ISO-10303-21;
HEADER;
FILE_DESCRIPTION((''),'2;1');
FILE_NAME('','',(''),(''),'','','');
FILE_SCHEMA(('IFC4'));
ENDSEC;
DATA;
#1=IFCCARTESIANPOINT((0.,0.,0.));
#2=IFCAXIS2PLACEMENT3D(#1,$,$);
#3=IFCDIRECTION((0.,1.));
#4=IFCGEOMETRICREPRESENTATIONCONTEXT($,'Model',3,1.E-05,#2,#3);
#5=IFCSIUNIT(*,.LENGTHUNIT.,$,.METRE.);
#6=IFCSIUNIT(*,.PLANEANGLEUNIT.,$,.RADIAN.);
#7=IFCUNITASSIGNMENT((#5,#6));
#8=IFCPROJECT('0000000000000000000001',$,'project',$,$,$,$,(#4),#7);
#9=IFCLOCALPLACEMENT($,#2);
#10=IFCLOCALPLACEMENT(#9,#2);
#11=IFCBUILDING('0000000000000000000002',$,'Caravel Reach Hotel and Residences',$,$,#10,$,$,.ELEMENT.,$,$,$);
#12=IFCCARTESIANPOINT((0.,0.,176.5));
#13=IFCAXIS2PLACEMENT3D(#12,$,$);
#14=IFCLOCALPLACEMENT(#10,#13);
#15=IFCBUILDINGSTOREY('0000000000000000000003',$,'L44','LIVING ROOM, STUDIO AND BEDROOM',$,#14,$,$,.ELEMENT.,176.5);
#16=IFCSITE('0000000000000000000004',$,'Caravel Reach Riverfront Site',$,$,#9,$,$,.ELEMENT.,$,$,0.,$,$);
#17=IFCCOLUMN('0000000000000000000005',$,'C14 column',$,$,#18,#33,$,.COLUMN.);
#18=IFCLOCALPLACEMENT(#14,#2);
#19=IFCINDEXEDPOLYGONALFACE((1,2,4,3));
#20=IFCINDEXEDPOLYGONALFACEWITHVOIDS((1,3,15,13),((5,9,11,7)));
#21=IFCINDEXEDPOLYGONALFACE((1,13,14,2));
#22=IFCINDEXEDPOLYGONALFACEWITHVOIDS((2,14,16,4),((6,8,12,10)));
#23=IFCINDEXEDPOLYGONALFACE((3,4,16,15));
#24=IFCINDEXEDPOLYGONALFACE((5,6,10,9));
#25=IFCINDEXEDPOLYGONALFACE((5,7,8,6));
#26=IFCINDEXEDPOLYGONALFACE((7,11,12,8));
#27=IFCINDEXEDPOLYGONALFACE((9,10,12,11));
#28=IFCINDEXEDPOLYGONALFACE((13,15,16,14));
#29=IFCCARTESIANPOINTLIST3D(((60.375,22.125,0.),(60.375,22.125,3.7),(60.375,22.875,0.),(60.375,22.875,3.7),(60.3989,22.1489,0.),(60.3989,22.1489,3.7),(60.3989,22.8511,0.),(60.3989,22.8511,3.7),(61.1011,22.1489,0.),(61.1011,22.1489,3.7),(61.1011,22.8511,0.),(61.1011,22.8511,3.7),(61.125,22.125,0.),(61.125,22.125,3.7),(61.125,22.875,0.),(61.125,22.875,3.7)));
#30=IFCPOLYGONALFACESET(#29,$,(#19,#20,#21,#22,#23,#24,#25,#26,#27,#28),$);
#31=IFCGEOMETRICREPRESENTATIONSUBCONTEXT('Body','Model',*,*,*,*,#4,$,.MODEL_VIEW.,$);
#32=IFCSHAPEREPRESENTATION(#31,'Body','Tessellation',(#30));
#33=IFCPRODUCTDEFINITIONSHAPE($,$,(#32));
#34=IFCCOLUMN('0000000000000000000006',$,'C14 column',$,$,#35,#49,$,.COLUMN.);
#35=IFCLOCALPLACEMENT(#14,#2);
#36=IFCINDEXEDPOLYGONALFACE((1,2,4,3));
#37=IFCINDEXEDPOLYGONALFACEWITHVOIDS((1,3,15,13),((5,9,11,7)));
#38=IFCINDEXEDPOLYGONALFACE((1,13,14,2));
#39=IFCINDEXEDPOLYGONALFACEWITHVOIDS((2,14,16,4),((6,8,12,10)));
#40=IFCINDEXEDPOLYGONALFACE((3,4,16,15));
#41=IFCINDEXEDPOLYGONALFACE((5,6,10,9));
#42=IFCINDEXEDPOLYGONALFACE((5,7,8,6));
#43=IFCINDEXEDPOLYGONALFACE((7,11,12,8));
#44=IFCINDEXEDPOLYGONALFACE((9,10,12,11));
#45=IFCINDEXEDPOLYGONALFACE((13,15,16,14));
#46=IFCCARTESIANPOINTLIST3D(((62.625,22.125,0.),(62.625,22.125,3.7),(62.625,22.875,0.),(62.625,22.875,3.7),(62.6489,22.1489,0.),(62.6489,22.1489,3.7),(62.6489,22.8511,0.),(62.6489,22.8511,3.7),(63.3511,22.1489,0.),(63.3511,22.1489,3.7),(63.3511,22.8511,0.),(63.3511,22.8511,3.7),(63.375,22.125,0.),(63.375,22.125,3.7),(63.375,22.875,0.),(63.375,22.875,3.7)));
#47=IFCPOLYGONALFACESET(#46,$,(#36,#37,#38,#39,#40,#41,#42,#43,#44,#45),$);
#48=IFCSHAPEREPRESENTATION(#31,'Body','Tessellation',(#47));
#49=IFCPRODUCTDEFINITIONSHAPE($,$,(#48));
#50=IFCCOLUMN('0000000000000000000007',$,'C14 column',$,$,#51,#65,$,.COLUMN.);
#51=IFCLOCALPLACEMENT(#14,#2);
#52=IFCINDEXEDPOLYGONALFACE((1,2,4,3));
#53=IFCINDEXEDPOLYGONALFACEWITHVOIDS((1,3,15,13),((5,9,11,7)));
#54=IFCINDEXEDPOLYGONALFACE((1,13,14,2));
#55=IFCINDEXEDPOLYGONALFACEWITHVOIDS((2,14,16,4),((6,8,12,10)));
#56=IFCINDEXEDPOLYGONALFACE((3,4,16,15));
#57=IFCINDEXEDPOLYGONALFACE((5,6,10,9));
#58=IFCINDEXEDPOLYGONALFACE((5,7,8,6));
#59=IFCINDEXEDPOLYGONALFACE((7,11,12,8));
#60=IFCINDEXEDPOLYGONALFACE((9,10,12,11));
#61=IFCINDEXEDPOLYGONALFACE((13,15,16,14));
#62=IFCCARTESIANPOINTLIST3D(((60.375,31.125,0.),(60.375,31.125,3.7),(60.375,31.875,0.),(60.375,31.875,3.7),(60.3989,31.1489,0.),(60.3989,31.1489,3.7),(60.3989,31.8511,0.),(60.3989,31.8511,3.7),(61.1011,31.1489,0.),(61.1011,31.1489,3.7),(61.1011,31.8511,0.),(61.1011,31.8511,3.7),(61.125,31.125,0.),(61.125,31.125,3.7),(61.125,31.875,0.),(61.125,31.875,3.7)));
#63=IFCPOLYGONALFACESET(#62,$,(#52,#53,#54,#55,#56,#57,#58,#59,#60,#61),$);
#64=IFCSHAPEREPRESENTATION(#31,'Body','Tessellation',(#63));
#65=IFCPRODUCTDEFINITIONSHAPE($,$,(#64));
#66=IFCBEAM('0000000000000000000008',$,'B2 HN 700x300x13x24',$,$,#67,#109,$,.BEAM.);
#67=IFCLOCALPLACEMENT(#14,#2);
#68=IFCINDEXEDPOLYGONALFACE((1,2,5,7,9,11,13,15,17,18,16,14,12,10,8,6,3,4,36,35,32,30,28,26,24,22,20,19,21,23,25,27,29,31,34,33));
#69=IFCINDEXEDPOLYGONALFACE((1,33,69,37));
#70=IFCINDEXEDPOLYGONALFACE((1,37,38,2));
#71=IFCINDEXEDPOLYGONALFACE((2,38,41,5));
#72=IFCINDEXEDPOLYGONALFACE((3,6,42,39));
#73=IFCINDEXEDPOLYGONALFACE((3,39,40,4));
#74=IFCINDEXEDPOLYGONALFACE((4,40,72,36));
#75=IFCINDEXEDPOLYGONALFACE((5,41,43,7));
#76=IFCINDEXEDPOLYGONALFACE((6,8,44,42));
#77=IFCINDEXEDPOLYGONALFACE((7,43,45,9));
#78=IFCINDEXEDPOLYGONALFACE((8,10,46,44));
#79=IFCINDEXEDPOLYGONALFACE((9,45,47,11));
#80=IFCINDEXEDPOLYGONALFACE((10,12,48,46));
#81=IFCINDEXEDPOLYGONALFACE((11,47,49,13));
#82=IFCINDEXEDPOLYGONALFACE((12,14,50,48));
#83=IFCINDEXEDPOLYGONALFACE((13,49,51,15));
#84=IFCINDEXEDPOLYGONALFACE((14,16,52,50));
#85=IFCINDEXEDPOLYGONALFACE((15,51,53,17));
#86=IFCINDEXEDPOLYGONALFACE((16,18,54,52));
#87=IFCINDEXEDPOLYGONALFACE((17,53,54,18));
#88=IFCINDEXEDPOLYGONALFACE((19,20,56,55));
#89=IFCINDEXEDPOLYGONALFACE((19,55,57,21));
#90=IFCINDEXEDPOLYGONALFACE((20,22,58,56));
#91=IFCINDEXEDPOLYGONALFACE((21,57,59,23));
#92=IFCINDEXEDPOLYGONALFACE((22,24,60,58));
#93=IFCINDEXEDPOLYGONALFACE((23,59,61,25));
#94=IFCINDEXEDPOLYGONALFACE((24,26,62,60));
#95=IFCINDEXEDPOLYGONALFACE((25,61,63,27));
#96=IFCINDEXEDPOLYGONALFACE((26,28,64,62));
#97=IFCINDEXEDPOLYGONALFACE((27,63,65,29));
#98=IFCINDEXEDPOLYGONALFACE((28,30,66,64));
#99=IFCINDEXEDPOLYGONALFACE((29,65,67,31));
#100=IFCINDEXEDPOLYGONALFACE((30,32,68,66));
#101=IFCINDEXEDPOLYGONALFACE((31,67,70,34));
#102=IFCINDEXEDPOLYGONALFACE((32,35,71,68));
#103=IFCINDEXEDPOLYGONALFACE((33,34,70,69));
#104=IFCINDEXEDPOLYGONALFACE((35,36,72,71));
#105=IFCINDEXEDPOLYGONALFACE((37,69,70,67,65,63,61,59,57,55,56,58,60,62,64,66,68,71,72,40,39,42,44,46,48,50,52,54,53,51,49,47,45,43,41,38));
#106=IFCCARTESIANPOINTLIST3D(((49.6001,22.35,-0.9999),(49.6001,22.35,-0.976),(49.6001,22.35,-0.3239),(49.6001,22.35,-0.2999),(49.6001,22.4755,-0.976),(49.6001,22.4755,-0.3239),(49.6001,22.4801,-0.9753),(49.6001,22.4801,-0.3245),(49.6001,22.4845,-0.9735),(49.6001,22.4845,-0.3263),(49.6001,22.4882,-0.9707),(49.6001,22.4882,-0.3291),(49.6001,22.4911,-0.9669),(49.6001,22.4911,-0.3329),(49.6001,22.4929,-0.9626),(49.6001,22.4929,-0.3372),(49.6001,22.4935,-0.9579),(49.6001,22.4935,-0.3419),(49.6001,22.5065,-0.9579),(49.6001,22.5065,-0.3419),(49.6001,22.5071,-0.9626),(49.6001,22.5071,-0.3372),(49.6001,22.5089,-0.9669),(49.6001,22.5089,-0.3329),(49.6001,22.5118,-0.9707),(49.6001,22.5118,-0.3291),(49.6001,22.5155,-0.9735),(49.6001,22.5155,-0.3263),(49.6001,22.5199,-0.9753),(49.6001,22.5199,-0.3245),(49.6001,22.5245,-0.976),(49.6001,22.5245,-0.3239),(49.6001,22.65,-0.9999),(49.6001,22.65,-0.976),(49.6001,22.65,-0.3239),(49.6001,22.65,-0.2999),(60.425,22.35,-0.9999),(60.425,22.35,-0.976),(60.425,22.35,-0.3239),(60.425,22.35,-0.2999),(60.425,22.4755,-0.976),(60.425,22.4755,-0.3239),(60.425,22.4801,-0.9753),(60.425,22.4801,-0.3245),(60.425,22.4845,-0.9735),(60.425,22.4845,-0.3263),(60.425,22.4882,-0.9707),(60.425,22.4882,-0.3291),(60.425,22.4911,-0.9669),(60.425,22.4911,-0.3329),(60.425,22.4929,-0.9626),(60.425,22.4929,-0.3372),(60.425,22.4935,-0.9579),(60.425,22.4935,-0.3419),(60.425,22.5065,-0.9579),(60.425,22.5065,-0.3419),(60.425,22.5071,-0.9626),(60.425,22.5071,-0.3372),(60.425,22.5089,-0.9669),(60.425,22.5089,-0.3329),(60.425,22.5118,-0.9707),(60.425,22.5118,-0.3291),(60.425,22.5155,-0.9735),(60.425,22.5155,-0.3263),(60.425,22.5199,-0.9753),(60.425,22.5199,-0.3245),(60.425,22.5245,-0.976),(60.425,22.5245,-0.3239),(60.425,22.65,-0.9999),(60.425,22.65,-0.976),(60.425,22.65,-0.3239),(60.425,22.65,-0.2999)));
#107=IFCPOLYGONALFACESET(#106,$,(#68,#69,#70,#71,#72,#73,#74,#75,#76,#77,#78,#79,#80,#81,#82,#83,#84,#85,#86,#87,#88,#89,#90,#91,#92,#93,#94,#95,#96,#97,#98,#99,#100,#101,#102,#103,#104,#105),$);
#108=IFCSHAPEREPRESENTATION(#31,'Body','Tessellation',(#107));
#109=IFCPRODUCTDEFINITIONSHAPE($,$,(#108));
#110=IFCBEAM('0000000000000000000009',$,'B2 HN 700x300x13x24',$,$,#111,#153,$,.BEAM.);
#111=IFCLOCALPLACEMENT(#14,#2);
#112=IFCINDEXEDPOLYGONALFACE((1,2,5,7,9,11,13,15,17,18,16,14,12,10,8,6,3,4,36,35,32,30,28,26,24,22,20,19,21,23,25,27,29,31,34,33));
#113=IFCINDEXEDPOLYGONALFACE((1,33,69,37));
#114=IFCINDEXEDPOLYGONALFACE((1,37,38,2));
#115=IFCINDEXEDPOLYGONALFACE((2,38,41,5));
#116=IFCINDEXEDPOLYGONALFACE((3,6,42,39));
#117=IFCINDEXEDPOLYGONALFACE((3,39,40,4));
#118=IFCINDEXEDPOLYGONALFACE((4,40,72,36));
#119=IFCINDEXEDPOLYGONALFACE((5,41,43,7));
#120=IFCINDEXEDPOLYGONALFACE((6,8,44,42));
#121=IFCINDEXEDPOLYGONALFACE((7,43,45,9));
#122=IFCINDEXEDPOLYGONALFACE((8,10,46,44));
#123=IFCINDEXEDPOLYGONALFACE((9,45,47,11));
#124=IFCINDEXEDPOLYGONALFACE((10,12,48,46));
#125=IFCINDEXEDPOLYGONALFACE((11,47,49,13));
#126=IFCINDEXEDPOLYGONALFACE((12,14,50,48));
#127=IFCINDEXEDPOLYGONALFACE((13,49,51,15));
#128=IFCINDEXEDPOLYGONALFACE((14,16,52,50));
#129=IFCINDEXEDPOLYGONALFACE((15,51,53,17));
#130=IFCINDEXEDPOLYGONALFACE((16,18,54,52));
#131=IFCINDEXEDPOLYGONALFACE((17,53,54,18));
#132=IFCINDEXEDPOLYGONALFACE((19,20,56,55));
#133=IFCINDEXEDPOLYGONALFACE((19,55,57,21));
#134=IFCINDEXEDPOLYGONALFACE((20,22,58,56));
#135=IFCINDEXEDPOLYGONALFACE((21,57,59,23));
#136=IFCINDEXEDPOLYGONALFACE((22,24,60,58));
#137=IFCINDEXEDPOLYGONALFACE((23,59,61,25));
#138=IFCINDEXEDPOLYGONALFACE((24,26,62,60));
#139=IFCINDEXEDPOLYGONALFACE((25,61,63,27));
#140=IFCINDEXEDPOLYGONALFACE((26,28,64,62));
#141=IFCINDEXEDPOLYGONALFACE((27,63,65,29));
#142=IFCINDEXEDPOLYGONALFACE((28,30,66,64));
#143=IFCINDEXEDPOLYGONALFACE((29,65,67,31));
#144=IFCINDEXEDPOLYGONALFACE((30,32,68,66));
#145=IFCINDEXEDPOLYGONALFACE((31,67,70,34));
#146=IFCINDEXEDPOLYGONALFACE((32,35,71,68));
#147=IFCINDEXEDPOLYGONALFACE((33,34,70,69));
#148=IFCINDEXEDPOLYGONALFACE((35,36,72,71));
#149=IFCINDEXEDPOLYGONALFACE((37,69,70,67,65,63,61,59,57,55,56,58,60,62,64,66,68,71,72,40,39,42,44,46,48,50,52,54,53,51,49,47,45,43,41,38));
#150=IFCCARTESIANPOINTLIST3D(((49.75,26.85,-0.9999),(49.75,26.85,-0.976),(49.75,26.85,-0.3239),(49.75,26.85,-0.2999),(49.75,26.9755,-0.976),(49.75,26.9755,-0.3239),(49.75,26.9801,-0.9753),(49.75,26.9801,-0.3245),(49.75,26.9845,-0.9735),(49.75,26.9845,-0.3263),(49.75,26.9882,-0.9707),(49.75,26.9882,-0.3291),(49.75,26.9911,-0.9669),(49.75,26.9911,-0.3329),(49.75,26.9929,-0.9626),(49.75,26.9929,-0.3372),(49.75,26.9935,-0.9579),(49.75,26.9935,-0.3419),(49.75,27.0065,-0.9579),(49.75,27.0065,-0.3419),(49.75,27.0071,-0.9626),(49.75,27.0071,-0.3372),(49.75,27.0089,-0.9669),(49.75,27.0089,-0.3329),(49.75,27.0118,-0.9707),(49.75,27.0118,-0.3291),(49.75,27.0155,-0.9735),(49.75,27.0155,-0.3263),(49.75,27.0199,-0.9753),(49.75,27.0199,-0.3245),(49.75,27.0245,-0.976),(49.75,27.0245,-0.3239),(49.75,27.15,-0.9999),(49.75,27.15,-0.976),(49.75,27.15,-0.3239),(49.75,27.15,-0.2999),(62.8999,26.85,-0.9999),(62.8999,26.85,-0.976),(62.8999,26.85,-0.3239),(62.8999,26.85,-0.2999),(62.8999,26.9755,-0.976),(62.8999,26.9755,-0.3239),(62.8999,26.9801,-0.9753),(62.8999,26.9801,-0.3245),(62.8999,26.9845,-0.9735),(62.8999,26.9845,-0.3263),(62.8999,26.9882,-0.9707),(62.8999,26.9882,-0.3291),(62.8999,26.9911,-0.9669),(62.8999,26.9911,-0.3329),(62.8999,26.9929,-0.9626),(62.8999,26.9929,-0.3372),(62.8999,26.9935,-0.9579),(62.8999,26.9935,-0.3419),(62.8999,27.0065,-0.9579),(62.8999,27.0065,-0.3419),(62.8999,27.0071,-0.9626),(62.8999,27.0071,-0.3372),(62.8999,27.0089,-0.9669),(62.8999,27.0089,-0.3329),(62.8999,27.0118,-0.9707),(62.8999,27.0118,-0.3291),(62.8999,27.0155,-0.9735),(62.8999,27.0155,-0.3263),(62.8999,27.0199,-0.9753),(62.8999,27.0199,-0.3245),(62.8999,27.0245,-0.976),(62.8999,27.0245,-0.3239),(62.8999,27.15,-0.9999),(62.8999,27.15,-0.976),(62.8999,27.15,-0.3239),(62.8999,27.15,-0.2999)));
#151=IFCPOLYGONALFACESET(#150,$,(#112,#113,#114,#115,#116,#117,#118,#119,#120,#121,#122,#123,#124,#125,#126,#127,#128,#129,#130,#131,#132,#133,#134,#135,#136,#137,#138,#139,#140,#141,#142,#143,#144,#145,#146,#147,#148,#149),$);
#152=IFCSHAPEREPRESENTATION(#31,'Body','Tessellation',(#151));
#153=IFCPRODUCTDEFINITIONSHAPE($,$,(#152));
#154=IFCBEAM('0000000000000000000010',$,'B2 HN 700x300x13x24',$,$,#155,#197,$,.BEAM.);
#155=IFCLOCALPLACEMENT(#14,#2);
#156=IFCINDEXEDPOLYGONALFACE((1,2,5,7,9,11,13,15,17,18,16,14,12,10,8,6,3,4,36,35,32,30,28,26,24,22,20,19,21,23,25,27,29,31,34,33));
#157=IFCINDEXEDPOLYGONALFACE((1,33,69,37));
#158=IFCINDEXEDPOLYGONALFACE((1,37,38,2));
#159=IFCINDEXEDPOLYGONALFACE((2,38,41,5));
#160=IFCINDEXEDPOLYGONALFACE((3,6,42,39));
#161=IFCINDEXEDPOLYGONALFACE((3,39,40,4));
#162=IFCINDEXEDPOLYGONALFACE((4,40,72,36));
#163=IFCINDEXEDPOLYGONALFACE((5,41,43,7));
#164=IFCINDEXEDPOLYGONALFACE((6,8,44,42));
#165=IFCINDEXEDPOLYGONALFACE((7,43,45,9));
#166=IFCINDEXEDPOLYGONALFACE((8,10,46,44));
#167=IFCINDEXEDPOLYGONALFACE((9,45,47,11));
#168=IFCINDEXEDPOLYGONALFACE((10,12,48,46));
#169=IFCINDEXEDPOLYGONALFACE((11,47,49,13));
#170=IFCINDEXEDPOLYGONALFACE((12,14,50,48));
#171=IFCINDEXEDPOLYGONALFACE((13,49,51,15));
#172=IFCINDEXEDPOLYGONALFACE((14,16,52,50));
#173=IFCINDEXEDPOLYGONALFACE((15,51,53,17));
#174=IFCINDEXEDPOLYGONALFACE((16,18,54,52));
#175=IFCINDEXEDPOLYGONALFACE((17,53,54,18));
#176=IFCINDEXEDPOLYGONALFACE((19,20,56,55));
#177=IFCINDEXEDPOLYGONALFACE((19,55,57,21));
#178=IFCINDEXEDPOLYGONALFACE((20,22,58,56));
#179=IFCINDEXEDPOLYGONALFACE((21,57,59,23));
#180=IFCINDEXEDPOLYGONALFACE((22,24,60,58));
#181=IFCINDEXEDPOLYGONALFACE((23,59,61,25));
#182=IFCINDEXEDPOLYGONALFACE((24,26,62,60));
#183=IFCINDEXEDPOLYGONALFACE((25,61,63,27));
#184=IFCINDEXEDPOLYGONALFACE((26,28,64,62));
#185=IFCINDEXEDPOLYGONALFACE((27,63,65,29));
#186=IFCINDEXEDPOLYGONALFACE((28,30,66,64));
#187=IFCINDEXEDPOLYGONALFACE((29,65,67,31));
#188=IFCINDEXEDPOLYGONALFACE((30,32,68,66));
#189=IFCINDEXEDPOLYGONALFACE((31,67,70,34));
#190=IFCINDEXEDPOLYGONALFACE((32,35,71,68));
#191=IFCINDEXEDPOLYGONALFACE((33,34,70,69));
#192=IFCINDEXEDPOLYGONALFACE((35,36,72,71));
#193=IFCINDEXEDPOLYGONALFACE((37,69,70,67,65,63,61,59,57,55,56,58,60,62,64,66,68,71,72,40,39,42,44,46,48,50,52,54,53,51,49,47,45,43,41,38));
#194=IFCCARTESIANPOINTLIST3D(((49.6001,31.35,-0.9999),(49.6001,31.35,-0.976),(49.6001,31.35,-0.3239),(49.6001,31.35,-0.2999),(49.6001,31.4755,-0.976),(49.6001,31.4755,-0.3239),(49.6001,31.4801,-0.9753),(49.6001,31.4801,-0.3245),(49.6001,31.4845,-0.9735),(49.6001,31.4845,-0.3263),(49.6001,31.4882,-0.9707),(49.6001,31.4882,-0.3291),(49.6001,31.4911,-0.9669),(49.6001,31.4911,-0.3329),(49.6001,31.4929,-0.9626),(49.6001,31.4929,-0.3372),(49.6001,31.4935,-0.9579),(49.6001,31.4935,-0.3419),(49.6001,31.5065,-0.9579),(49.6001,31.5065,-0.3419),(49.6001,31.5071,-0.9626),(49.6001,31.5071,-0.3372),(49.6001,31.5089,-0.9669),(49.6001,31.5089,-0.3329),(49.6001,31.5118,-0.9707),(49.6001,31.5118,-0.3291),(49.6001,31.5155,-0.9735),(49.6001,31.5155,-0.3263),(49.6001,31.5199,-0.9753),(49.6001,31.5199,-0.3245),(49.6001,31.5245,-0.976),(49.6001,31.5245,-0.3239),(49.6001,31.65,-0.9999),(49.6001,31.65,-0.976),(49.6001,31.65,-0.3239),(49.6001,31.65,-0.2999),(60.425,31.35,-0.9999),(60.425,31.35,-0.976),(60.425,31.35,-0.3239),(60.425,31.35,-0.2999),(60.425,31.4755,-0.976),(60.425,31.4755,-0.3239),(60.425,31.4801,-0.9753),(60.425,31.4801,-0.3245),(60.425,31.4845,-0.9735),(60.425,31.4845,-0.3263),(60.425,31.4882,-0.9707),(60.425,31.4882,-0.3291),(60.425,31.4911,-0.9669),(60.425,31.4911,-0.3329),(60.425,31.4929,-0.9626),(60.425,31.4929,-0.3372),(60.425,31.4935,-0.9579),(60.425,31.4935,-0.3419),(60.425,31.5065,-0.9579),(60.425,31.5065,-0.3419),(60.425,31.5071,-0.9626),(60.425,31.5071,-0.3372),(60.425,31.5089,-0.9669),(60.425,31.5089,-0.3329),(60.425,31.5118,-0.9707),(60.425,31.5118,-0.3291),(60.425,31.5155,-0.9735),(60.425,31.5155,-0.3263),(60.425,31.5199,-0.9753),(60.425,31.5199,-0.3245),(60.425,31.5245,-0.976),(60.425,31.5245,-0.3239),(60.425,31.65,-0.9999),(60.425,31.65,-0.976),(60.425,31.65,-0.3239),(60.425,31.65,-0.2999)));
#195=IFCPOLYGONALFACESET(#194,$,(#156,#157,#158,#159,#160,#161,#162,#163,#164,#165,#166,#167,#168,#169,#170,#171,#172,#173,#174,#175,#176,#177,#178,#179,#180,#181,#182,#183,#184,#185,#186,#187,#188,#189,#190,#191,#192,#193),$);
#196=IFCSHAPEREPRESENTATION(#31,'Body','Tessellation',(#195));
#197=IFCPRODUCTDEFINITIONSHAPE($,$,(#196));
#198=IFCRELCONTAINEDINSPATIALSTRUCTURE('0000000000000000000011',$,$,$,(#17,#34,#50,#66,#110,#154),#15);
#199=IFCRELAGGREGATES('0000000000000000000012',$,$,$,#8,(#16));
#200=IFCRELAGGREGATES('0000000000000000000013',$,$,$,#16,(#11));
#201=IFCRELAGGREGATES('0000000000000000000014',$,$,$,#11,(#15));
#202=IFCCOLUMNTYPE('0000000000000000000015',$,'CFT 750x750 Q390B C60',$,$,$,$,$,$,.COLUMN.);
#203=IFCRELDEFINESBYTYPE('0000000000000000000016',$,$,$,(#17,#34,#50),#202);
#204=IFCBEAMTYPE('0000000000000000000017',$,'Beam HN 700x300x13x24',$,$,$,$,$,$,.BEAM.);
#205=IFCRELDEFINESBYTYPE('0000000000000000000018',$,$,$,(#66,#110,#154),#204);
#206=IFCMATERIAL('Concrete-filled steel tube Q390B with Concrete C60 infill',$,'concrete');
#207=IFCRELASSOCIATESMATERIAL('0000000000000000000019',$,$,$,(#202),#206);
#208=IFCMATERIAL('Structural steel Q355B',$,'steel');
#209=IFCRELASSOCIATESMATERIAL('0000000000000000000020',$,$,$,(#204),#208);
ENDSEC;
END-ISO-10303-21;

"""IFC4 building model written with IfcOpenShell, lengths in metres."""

from ifc_helpers import new_model, si_unit, direction, frame, origin, origin_2d, place, context, subcontext, project, spatial, hollow_rectangle, i_section, extrude, material, material_profile, profile_set, type_object, element, save


model = new_model("IFC4")

# Units and contexts
model_context = context("Model", 3, precision=1e-05, world=origin(), true_north=direction((0.0, 1.0)))
body_context = subcontext(model_context, "Body", "Model", "MODEL_VIEW")
ifc_project = project(units=[si_unit("LENGTHUNIT", "METRE"), si_unit("PLANEANGLEUNIT", "RADIAN")], contexts=[model_context])

# Site, building, storey
site_placement = place(None, origin())
site = spatial("IfcSite", under=ifc_project, at=site_placement, Name="Caravel Reach Riverfront Site", CompositionType="ELEMENT", RefElevation=0.0)
building_placement = place(site_placement, origin())
building = spatial("IfcBuilding", under=site, at=building_placement, Name="Caravel Reach Hotel and Residences", CompositionType="ELEMENT")
storey_placement = place(building_placement, frame((0.0, 0.0, 176.5)))
storey = spatial("IfcBuildingStorey", under=building, at=storey_placement, Name="L44", Description="LIVING ROOM, STUDIO AND BEDROOM", CompositionType="ELEMENT", Elevation=176.5)

# Columns
ifc_material_1 = material(Name="Concrete-filled steel tube Q390B with Concrete C60 infill", Category="concrete")
ifc_material_profile_1 = material_profile(ifc_material_1, hollow_rectangle(XDim=0.75, YDim=0.75, WallThickness=0.0239, at=origin_2d()), Name="RHS 750x750x24")
ifc_profile_set_1 = profile_set([ifc_material_profile_1], Name="Concrete-filled steel tube Q390B with Concrete C60 infill")
column_type = type_object("IfcColumnType", Name="CFT 750x750 Q390B C60", PredefinedType="COLUMN", material=ifc_profile_set_1)
for number, where, z_axis, x_axis, name in (
    (1, (60.75, 22.5, 0.0), (0.0, 0.0, 1.0), (1.0, 0.0, 0.0), "C14 column"),
    (2, (63.0, 22.5, 0.0), (0.0, 0.0, 1.0), (1.0, 0.0, 0.0), "C14 column"),
    (3, (60.75, 31.5, 0.0), (0.0, 0.0, 1.0), (1.0, 0.0, 0.0), "C14 column"),
):
    element("IfcColumn", number, at=place(storey_placement, frame(where, z_axis=z_axis, x_axis=x_axis)), inside=storey, type_object=column_type, Name=name, PredefinedType="COLUMN", context=body_context, shape_type="SweptSolid", body=[
        extrude(hollow_rectangle(XDim=0.75, YDim=0.75, WallThickness=0.0239, at=origin_2d()), origin(), (0.0, 0.0, 1.0), 3.7),
    ])

# Beams
ifc_material_2 = material(Name="Structural steel Q355B", Category="steel")
ifc_material_profile_2 = material_profile(ifc_material_2, i_section(OverallWidth=0.3, OverallDepth=0.7, WebThickness=0.0129, FlangeThickness=0.0239, FilletRadius=0.0181, at=origin_2d()), Name="HN 700x300x13x24")
ifc_profile_set_2 = profile_set([ifc_material_profile_2], Name="Structural steel Q355B")
beam_type_1 = type_object("IfcBeamType", Name="Beam HN 700x300x13x24", PredefinedType="BEAM", material=ifc_profile_set_2)
beam_1_placement = place(storey_placement, frame((49.6001, 22.5, -0.6499), z_axis=(1.0, 0.0, 0.0), x_axis=(0.0, 1.0, 0.0)))
element("IfcBeam", 4, at=beam_1_placement, inside=storey, type_object=beam_type_1, Name="B2 HN 700x300x13x24", PredefinedType="BEAM", context=body_context, shape_type="SweptSolid", body=[
    extrude(i_section(OverallWidth=0.3, OverallDepth=0.7, WebThickness=0.0129, FlangeThickness=0.0239, FilletRadius=0.0181, at=origin_2d()), origin(), (0.0, 0.0, 1.0), 10.825),
])
beam_2_placement = place(storey_placement, frame((49.75, 27.0, -0.6499), z_axis=(1.0, 0.0, 0.0), x_axis=(0.0, 1.0, 0.0)))
element("IfcBeam", 5, at=beam_2_placement, inside=storey, type_object=beam_type_1, Name="B2 HN 700x300x13x24", PredefinedType="BEAM", context=body_context, shape_type="SweptSolid", body=[
    extrude(i_section(OverallWidth=0.3, OverallDepth=0.7, WebThickness=0.0129, FlangeThickness=0.0239, FilletRadius=0.0181, at=origin_2d()), origin(), (0.0, 0.0, 1.0), 13.1499),
])
beam_3_placement = place(storey_placement, frame((49.6001, 31.5, -0.6499), z_axis=(1.0, 0.0, 0.0), x_axis=(0.0, 1.0, 0.0)))
element("IfcBeam", 6, at=beam_3_placement, inside=storey, type_object=beam_type_1, Name="B2 HN 700x300x13x24", PredefinedType="BEAM", context=body_context, shape_type="SweptSolid", body=[
    extrude(i_section(OverallWidth=0.3, OverallDepth=0.7, WebThickness=0.0129, FlangeThickness=0.0239, FilletRadius=0.0181, at=origin_2d()), origin(), (0.0, 0.0, 1.0), 10.825),
])

save(model, "model.ifc")
